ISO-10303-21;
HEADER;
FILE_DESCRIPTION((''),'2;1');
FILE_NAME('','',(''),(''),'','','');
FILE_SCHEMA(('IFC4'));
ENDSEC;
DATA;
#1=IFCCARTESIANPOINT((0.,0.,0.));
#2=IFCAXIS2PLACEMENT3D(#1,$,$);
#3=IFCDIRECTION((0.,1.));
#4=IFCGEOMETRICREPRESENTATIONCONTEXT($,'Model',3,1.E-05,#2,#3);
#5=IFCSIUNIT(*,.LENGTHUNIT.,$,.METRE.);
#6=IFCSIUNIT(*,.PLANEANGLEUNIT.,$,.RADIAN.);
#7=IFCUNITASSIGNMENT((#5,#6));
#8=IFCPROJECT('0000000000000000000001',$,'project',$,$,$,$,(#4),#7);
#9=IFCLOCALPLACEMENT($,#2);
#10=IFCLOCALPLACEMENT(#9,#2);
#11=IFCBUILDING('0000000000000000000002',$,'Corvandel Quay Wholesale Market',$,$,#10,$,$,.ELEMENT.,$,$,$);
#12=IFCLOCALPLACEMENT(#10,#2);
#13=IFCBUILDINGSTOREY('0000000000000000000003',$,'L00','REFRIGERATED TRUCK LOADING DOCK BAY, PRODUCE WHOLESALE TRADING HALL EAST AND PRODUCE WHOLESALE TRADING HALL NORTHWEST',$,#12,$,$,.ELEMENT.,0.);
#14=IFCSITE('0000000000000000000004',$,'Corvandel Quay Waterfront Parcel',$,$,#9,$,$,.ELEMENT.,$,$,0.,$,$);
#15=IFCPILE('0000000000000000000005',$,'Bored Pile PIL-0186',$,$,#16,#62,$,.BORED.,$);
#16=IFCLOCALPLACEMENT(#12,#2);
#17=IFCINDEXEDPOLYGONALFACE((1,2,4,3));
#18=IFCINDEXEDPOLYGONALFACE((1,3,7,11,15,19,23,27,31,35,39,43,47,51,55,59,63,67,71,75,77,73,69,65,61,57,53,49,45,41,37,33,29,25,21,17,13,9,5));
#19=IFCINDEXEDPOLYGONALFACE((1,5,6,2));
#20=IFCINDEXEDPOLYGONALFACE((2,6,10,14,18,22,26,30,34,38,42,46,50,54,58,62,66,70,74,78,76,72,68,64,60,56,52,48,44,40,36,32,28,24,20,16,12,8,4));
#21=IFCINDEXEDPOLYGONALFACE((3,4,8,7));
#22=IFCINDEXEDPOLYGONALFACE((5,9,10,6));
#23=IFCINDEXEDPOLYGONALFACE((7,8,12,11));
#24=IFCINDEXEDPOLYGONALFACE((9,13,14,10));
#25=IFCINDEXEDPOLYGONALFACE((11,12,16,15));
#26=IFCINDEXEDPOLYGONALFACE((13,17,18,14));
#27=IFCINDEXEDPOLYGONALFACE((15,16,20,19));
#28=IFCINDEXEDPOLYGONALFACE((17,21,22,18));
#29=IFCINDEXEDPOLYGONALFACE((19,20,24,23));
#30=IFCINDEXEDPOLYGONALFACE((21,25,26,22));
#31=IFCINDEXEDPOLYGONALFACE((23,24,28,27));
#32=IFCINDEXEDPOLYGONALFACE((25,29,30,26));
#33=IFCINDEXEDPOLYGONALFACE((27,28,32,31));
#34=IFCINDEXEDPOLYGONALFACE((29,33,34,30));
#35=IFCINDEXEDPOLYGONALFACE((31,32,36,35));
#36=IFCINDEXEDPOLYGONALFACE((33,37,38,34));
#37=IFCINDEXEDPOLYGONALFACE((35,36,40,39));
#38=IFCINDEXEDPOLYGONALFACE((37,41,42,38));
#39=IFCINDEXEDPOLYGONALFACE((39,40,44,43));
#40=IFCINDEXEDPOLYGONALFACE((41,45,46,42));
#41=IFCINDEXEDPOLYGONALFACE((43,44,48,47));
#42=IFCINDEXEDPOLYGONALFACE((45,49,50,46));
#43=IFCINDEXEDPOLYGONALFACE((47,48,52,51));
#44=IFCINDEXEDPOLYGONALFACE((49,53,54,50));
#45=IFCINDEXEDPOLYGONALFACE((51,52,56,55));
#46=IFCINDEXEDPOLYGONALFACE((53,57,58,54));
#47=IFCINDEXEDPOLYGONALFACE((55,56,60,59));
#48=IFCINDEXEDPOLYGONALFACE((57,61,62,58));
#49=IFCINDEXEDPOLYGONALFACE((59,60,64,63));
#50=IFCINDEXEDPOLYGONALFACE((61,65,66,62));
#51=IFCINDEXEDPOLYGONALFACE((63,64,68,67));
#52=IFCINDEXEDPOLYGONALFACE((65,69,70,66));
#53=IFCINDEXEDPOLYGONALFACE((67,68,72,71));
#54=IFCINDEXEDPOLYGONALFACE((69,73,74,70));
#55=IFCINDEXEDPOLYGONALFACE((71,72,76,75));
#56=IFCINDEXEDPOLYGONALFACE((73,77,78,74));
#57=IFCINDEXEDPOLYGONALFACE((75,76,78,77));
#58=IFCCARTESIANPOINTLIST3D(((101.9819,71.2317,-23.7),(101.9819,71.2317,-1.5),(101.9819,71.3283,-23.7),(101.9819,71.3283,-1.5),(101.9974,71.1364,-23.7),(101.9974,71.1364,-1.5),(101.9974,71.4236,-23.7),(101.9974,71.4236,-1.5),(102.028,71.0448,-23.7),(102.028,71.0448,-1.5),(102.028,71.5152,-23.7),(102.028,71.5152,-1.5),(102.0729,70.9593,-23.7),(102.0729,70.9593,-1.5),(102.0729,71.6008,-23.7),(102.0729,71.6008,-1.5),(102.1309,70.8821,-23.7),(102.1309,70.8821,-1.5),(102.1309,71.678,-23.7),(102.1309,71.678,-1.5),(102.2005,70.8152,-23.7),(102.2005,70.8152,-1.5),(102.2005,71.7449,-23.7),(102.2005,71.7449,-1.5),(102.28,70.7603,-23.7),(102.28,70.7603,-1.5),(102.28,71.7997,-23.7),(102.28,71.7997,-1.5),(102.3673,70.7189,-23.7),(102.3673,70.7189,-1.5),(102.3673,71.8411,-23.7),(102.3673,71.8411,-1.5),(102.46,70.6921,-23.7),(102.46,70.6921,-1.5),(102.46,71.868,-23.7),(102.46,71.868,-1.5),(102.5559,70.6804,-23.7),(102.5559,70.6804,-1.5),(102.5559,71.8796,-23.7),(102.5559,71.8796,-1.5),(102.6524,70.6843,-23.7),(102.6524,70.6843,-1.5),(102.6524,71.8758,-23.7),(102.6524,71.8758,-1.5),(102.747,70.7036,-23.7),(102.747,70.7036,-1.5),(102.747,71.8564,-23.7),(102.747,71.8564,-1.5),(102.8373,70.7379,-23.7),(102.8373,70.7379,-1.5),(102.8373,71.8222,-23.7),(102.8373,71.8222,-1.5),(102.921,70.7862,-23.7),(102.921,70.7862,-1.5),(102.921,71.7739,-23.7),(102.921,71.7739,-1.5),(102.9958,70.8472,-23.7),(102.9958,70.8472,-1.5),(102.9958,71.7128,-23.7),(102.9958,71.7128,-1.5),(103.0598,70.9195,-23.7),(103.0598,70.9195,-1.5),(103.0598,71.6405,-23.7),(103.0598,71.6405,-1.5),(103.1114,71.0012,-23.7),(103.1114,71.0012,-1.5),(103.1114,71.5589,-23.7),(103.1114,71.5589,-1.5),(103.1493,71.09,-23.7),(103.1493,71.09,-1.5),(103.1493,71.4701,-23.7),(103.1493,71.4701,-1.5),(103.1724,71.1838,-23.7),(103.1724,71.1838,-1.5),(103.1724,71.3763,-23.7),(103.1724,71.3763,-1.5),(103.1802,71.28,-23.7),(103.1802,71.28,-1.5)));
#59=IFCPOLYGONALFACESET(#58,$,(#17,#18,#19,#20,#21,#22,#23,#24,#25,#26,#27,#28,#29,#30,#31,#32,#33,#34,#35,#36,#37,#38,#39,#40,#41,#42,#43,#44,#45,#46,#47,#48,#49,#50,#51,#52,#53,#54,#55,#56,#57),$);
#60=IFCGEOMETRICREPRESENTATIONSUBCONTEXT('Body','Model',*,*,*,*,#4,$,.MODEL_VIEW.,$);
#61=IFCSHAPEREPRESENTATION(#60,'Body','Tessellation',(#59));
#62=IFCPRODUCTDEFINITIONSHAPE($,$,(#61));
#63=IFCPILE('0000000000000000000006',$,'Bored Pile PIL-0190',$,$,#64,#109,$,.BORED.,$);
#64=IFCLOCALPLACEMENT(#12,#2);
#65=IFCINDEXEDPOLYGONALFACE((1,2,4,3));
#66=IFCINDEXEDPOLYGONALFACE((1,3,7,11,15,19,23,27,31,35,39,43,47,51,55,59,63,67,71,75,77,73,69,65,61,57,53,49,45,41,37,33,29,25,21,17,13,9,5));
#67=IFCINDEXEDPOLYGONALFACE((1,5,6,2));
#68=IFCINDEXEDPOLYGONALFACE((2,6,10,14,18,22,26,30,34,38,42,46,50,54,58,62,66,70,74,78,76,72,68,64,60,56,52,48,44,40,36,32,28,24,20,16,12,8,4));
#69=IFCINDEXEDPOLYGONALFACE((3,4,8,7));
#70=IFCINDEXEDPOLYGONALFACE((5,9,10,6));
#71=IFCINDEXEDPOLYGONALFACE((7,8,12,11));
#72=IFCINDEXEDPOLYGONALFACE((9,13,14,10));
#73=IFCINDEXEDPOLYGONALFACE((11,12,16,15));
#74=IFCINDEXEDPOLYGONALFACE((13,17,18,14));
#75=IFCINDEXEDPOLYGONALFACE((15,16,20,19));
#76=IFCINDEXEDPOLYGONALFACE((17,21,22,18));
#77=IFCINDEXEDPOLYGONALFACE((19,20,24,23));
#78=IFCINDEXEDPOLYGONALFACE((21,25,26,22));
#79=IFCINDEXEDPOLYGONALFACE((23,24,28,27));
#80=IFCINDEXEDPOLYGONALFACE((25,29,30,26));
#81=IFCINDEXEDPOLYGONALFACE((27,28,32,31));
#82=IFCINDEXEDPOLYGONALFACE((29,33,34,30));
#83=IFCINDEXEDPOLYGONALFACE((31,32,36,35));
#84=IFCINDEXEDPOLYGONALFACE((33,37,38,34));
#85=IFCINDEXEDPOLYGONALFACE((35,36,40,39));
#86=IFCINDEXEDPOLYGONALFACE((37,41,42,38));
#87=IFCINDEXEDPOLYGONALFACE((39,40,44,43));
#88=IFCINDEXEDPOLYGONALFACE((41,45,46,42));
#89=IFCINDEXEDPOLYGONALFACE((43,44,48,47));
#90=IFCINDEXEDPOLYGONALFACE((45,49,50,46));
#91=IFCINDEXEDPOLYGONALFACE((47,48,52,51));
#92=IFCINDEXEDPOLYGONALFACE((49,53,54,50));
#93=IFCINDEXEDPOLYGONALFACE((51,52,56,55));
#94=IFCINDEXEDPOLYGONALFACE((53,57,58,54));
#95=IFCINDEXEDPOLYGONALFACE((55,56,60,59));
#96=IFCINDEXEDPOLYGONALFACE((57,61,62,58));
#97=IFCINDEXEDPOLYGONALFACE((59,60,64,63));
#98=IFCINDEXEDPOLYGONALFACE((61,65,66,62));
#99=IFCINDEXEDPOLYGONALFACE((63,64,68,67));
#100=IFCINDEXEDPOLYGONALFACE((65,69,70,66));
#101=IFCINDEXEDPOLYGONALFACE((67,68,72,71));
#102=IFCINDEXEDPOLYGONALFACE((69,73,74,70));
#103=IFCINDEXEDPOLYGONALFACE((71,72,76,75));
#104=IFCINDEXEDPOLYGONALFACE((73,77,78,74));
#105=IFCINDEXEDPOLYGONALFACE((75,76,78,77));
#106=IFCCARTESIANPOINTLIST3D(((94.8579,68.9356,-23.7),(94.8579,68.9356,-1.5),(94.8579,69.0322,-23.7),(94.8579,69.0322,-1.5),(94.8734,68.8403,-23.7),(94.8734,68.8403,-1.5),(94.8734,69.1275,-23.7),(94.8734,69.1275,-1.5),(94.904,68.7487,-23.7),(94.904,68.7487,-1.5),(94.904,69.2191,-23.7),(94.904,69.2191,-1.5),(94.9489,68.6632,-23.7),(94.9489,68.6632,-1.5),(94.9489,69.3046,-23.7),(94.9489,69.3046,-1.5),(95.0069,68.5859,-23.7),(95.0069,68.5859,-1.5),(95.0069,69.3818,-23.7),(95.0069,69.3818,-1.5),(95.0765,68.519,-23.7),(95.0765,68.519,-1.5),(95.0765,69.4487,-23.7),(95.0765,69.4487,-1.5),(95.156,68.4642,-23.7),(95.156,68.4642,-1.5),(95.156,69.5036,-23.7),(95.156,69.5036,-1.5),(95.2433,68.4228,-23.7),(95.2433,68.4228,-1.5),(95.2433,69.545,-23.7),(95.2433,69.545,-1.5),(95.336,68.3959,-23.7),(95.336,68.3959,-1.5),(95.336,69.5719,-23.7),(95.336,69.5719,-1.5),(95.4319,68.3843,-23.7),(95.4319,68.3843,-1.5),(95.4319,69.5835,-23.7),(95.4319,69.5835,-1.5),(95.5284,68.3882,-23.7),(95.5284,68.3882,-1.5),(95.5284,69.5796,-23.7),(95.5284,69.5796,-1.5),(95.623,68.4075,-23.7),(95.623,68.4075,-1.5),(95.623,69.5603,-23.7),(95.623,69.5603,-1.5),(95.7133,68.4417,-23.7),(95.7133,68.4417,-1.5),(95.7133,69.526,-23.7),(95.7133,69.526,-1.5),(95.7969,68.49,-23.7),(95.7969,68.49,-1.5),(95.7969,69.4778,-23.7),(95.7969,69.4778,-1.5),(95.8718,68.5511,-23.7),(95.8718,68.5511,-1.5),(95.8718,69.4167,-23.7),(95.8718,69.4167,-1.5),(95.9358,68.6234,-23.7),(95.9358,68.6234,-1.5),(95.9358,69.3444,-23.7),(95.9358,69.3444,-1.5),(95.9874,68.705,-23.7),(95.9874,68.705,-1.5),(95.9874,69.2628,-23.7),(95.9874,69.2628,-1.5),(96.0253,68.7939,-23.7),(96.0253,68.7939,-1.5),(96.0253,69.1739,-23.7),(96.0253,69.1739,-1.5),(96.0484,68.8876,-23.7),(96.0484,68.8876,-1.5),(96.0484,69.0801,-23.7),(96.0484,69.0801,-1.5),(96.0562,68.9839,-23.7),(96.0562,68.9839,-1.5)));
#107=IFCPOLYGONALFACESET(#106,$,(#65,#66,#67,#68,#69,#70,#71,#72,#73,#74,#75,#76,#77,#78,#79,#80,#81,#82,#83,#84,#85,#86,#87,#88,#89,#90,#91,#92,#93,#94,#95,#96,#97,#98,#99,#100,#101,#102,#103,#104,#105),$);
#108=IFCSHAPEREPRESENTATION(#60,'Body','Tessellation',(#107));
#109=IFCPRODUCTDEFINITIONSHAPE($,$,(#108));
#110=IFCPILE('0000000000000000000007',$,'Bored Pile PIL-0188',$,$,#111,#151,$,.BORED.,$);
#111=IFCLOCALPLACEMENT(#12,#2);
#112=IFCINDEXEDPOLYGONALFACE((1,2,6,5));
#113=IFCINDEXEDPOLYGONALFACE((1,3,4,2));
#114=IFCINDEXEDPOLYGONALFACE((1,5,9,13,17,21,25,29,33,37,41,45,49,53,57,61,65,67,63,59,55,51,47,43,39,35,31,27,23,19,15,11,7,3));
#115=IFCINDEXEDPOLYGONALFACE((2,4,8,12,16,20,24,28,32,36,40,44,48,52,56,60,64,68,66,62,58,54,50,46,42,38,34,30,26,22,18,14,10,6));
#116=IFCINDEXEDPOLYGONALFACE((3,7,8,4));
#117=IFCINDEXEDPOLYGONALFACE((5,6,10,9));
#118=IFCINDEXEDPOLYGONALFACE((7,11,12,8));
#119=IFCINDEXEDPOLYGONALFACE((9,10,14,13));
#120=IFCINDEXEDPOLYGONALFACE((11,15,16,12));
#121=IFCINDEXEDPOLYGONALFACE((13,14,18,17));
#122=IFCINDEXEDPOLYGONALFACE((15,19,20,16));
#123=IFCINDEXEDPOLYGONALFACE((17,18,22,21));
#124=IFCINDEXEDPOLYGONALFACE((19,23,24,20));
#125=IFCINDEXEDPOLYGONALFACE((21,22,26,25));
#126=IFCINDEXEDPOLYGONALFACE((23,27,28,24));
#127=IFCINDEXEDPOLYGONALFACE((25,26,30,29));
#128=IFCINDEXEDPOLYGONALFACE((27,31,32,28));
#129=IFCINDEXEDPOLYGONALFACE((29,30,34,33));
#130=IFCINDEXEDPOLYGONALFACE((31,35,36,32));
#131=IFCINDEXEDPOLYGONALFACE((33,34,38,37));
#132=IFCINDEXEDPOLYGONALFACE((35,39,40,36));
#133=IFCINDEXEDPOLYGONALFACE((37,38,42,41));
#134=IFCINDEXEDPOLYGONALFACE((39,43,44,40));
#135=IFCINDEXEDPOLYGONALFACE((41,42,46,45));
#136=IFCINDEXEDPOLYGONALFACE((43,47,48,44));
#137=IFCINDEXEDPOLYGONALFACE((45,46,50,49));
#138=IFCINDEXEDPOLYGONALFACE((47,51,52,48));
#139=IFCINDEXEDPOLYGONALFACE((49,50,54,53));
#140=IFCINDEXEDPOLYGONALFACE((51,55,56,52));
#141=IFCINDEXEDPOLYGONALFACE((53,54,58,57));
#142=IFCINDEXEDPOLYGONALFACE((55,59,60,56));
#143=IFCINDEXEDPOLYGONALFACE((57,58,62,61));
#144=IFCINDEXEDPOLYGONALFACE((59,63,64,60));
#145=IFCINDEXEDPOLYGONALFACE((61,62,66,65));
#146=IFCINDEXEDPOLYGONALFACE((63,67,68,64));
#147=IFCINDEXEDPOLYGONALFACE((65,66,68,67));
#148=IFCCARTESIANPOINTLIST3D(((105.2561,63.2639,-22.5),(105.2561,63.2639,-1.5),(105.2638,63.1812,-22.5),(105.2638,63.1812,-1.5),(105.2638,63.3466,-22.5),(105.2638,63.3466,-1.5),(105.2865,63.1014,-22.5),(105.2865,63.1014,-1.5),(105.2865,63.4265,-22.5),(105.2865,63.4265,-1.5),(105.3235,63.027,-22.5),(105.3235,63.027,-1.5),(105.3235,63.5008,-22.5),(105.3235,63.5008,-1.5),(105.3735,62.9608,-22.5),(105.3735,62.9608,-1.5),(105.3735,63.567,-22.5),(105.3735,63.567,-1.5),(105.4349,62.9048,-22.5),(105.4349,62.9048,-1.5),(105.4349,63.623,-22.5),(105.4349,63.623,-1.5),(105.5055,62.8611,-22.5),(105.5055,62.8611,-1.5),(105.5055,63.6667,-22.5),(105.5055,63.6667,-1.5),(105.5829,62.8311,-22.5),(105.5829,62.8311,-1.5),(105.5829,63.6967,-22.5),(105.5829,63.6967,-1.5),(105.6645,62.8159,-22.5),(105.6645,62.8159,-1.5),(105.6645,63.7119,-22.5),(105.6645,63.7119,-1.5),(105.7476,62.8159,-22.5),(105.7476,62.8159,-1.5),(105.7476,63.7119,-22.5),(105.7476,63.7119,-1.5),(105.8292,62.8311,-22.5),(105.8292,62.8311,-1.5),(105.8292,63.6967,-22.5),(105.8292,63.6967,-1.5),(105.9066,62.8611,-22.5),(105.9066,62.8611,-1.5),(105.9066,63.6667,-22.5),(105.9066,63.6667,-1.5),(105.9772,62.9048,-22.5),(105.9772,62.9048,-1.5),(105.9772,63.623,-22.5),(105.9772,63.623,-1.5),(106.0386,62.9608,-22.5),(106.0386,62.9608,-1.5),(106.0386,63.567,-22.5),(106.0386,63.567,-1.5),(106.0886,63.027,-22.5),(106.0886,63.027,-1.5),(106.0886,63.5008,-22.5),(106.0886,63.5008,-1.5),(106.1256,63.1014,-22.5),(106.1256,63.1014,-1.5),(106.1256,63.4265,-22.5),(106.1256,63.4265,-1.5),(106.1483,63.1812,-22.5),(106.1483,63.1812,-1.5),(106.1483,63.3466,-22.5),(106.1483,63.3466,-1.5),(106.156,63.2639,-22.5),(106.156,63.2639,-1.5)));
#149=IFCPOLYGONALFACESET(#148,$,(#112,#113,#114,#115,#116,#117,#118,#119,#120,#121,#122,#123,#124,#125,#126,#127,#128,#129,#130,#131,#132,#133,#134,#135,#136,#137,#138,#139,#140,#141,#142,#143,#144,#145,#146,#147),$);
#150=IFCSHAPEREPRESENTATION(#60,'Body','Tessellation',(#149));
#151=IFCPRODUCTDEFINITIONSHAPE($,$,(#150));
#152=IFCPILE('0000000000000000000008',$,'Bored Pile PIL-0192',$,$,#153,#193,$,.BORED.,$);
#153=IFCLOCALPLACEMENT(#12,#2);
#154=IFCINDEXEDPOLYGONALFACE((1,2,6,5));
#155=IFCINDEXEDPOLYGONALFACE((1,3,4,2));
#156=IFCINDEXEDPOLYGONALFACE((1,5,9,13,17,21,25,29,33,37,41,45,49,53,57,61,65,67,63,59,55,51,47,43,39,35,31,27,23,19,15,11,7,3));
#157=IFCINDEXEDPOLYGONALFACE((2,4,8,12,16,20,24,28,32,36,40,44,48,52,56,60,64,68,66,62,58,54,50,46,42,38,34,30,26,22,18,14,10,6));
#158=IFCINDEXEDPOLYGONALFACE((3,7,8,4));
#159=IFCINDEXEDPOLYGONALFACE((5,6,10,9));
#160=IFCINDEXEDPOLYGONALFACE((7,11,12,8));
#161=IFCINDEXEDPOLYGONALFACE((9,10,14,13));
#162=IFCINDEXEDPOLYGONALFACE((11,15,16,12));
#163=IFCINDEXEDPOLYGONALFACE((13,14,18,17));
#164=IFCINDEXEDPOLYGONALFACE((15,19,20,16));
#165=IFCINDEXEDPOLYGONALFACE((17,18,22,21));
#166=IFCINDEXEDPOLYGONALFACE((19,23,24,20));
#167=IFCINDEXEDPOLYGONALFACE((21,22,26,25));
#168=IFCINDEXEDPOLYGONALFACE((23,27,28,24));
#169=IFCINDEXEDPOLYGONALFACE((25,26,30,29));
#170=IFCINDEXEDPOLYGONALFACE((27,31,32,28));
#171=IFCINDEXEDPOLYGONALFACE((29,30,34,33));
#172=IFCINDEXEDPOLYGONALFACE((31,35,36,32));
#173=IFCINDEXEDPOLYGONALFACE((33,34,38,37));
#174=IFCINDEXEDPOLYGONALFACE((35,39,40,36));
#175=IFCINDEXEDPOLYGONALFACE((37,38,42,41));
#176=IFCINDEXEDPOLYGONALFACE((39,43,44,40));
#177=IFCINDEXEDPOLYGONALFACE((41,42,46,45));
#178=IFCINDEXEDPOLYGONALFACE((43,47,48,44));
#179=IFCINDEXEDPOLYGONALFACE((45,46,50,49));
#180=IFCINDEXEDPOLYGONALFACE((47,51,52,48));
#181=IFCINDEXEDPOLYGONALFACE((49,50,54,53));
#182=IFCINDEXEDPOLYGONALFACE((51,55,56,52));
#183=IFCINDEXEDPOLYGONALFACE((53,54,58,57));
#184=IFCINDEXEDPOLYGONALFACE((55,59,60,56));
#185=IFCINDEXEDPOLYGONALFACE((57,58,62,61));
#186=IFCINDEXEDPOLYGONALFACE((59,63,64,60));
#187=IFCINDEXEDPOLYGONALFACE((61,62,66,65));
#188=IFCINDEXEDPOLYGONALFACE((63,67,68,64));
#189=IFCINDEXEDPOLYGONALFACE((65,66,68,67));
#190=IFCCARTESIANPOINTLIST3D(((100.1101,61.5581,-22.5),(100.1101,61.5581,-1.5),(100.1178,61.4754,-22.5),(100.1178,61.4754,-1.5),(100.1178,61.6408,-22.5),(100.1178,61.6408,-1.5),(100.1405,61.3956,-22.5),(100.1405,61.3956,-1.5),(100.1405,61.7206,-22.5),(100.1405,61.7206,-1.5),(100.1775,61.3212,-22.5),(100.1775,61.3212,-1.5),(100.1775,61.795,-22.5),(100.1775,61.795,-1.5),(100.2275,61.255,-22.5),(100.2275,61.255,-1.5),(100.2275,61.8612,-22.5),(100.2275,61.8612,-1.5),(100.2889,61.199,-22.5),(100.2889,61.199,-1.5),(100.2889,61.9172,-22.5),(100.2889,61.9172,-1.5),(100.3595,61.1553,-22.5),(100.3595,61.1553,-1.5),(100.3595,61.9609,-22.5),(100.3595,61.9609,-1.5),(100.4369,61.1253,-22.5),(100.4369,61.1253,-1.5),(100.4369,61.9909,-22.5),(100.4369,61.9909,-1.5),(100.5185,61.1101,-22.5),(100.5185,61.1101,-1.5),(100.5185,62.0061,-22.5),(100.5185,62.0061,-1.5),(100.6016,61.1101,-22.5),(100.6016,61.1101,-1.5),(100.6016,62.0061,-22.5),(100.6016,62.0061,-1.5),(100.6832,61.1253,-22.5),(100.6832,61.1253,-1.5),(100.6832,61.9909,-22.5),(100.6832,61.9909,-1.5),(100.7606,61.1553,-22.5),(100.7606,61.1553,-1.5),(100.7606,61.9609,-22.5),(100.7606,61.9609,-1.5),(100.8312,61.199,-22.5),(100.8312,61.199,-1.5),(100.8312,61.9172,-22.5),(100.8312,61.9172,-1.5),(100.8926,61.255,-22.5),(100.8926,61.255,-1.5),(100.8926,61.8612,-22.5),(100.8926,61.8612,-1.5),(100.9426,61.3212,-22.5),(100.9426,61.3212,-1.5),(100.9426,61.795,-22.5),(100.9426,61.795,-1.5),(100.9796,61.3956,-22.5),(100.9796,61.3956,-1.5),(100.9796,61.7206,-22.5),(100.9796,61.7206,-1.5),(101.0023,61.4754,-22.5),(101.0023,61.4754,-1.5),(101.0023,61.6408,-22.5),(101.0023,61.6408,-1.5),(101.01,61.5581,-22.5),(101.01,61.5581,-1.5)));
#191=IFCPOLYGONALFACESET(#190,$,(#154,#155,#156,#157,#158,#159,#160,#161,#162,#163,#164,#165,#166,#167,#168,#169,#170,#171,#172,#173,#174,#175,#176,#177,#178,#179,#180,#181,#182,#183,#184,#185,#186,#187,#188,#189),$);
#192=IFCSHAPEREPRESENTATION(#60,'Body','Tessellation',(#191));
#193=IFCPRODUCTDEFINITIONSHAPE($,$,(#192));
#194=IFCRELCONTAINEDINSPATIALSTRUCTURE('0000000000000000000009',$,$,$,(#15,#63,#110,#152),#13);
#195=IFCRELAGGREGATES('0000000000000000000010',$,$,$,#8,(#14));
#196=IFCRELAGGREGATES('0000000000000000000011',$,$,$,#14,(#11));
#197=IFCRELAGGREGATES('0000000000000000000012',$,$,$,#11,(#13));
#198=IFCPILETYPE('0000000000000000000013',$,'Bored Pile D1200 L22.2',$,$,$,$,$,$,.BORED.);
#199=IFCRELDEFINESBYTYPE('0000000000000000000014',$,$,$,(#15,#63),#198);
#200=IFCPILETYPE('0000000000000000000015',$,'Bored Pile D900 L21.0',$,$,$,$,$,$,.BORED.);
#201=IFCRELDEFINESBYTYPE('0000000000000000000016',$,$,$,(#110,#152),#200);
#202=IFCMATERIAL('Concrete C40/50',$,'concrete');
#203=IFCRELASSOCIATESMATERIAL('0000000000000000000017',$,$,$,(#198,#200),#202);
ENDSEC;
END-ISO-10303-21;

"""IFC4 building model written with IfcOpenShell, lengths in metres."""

from ifc_helpers import new_model, si_unit, direction, frame, origin, origin_2d, place, context, subcontext, project, spatial, circle, extrude, material, material_profile, profile_set, type_object, element, save


model = new_model("IFC4")

# Units and contexts
model_context = context("Model", 3, precision=1e-05, world=origin(), true_north=direction((0.0, 1.0)))
body_context = subcontext(model_context, "Body", "Model", "MODEL_VIEW")
ifc_project = project(units=[si_unit("LENGTHUNIT", "METRE"), si_unit("PLANEANGLEUNIT", "RADIAN")], contexts=[model_context])

# Site, building, storey
site_placement = place(None, origin())
site = spatial("IfcSite", under=ifc_project, at=site_placement, Name="Corvandel Quay Waterfront Parcel", CompositionType="ELEMENT", RefElevation=0.0)
building_placement = place(site_placement, origin())
building = spatial("IfcBuilding", under=site, at=building_placement, Name="Corvandel Quay Wholesale Market", CompositionType="ELEMENT")
storey_placement = place(building_placement, origin())
storey = spatial("IfcBuildingStorey", under=building, at=storey_placement, Name="L00", Description="REFRIGERATED TRUCK LOADING DOCK BAY, PRODUCE WHOLESALE TRADING HALL EAST AND PRODUCE WHOLESALE TRADING HALL NORTHWEST", CompositionType="ELEMENT", Elevation=0.0)

# Piles
ifc_material_1 = material(Name="Concrete C40/50", Category="concrete")
ifc_material_profile_1 = material_profile(ifc_material_1, circle(Radius=0.6001, at=origin_2d()), Name="RC-PILE-D1200")
ifc_profile_set_1 = profile_set([ifc_material_profile_1], Name="Concrete C40/50")
pile_type_1 = type_object("IfcPileType", Name="Bored Pile D1200 L22.2", PredefinedType="BORED", material=ifc_profile_set_1)
for number, where, z_axis, x_axis, name in (
    (1, (102.5801, 71.28, -1.5), (0.0, 0.0, -1.0), (1.0, 0.0, 0.0), "Bored Pile PIL-0186"),
    (2, (95.4561, 68.9839, -1.5), (0.0, 0.0, -1.0), (1.0, 0.0, 0.0), "Bored Pile PIL-0190"),
):
    element("IfcPile", number, at=place(storey_placement, frame(where, z_axis=z_axis, x_axis=x_axis)), inside=storey, type_object=pile_type_1, Name=name, PredefinedType="BORED", context=body_context, shape_type="SweptSolid", body=[
        extrude(circle(Radius=0.6001, at=origin_2d()), origin(), (0.0, 0.0, 1.0), 22.2),
    ])
ifc_material_profile_2 = material_profile(ifc_material_1, circle(Radius=0.45, at=origin_2d()), Name="RC-PILE-D900")
ifc_profile_set_2 = profile_set([ifc_material_profile_2], Name="Concrete C40/50")
pile_type_2 = type_object("IfcPileType", Name="Bored Pile D900 L21.0", PredefinedType="BORED", material=ifc_profile_set_2)
for number, where, z_axis, x_axis, name in (
    (3, (105.7061, 63.2639, -1.5), (0.0, 0.0, -1.0), (1.0, 0.0, 0.0), "Bored Pile PIL-0188"),
    (4, (100.5601, 61.5581, -1.5), (0.0, 0.0, -1.0), (1.0, 0.0, 0.0), "Bored Pile PIL-0192"),
):
    element("IfcPile", number, at=place(storey_placement, frame(where, z_axis=z_axis, x_axis=x_axis)), inside=storey, type_object=pile_type_2, Name=name, PredefinedType="BORED", context=body_context, shape_type="SweptSolid", body=[
        extrude(circle(Radius=0.45, at=origin_2d()), origin(), (0.0, 0.0, 1.0), 21.0),
    ])

save(model, "model.ifc")
